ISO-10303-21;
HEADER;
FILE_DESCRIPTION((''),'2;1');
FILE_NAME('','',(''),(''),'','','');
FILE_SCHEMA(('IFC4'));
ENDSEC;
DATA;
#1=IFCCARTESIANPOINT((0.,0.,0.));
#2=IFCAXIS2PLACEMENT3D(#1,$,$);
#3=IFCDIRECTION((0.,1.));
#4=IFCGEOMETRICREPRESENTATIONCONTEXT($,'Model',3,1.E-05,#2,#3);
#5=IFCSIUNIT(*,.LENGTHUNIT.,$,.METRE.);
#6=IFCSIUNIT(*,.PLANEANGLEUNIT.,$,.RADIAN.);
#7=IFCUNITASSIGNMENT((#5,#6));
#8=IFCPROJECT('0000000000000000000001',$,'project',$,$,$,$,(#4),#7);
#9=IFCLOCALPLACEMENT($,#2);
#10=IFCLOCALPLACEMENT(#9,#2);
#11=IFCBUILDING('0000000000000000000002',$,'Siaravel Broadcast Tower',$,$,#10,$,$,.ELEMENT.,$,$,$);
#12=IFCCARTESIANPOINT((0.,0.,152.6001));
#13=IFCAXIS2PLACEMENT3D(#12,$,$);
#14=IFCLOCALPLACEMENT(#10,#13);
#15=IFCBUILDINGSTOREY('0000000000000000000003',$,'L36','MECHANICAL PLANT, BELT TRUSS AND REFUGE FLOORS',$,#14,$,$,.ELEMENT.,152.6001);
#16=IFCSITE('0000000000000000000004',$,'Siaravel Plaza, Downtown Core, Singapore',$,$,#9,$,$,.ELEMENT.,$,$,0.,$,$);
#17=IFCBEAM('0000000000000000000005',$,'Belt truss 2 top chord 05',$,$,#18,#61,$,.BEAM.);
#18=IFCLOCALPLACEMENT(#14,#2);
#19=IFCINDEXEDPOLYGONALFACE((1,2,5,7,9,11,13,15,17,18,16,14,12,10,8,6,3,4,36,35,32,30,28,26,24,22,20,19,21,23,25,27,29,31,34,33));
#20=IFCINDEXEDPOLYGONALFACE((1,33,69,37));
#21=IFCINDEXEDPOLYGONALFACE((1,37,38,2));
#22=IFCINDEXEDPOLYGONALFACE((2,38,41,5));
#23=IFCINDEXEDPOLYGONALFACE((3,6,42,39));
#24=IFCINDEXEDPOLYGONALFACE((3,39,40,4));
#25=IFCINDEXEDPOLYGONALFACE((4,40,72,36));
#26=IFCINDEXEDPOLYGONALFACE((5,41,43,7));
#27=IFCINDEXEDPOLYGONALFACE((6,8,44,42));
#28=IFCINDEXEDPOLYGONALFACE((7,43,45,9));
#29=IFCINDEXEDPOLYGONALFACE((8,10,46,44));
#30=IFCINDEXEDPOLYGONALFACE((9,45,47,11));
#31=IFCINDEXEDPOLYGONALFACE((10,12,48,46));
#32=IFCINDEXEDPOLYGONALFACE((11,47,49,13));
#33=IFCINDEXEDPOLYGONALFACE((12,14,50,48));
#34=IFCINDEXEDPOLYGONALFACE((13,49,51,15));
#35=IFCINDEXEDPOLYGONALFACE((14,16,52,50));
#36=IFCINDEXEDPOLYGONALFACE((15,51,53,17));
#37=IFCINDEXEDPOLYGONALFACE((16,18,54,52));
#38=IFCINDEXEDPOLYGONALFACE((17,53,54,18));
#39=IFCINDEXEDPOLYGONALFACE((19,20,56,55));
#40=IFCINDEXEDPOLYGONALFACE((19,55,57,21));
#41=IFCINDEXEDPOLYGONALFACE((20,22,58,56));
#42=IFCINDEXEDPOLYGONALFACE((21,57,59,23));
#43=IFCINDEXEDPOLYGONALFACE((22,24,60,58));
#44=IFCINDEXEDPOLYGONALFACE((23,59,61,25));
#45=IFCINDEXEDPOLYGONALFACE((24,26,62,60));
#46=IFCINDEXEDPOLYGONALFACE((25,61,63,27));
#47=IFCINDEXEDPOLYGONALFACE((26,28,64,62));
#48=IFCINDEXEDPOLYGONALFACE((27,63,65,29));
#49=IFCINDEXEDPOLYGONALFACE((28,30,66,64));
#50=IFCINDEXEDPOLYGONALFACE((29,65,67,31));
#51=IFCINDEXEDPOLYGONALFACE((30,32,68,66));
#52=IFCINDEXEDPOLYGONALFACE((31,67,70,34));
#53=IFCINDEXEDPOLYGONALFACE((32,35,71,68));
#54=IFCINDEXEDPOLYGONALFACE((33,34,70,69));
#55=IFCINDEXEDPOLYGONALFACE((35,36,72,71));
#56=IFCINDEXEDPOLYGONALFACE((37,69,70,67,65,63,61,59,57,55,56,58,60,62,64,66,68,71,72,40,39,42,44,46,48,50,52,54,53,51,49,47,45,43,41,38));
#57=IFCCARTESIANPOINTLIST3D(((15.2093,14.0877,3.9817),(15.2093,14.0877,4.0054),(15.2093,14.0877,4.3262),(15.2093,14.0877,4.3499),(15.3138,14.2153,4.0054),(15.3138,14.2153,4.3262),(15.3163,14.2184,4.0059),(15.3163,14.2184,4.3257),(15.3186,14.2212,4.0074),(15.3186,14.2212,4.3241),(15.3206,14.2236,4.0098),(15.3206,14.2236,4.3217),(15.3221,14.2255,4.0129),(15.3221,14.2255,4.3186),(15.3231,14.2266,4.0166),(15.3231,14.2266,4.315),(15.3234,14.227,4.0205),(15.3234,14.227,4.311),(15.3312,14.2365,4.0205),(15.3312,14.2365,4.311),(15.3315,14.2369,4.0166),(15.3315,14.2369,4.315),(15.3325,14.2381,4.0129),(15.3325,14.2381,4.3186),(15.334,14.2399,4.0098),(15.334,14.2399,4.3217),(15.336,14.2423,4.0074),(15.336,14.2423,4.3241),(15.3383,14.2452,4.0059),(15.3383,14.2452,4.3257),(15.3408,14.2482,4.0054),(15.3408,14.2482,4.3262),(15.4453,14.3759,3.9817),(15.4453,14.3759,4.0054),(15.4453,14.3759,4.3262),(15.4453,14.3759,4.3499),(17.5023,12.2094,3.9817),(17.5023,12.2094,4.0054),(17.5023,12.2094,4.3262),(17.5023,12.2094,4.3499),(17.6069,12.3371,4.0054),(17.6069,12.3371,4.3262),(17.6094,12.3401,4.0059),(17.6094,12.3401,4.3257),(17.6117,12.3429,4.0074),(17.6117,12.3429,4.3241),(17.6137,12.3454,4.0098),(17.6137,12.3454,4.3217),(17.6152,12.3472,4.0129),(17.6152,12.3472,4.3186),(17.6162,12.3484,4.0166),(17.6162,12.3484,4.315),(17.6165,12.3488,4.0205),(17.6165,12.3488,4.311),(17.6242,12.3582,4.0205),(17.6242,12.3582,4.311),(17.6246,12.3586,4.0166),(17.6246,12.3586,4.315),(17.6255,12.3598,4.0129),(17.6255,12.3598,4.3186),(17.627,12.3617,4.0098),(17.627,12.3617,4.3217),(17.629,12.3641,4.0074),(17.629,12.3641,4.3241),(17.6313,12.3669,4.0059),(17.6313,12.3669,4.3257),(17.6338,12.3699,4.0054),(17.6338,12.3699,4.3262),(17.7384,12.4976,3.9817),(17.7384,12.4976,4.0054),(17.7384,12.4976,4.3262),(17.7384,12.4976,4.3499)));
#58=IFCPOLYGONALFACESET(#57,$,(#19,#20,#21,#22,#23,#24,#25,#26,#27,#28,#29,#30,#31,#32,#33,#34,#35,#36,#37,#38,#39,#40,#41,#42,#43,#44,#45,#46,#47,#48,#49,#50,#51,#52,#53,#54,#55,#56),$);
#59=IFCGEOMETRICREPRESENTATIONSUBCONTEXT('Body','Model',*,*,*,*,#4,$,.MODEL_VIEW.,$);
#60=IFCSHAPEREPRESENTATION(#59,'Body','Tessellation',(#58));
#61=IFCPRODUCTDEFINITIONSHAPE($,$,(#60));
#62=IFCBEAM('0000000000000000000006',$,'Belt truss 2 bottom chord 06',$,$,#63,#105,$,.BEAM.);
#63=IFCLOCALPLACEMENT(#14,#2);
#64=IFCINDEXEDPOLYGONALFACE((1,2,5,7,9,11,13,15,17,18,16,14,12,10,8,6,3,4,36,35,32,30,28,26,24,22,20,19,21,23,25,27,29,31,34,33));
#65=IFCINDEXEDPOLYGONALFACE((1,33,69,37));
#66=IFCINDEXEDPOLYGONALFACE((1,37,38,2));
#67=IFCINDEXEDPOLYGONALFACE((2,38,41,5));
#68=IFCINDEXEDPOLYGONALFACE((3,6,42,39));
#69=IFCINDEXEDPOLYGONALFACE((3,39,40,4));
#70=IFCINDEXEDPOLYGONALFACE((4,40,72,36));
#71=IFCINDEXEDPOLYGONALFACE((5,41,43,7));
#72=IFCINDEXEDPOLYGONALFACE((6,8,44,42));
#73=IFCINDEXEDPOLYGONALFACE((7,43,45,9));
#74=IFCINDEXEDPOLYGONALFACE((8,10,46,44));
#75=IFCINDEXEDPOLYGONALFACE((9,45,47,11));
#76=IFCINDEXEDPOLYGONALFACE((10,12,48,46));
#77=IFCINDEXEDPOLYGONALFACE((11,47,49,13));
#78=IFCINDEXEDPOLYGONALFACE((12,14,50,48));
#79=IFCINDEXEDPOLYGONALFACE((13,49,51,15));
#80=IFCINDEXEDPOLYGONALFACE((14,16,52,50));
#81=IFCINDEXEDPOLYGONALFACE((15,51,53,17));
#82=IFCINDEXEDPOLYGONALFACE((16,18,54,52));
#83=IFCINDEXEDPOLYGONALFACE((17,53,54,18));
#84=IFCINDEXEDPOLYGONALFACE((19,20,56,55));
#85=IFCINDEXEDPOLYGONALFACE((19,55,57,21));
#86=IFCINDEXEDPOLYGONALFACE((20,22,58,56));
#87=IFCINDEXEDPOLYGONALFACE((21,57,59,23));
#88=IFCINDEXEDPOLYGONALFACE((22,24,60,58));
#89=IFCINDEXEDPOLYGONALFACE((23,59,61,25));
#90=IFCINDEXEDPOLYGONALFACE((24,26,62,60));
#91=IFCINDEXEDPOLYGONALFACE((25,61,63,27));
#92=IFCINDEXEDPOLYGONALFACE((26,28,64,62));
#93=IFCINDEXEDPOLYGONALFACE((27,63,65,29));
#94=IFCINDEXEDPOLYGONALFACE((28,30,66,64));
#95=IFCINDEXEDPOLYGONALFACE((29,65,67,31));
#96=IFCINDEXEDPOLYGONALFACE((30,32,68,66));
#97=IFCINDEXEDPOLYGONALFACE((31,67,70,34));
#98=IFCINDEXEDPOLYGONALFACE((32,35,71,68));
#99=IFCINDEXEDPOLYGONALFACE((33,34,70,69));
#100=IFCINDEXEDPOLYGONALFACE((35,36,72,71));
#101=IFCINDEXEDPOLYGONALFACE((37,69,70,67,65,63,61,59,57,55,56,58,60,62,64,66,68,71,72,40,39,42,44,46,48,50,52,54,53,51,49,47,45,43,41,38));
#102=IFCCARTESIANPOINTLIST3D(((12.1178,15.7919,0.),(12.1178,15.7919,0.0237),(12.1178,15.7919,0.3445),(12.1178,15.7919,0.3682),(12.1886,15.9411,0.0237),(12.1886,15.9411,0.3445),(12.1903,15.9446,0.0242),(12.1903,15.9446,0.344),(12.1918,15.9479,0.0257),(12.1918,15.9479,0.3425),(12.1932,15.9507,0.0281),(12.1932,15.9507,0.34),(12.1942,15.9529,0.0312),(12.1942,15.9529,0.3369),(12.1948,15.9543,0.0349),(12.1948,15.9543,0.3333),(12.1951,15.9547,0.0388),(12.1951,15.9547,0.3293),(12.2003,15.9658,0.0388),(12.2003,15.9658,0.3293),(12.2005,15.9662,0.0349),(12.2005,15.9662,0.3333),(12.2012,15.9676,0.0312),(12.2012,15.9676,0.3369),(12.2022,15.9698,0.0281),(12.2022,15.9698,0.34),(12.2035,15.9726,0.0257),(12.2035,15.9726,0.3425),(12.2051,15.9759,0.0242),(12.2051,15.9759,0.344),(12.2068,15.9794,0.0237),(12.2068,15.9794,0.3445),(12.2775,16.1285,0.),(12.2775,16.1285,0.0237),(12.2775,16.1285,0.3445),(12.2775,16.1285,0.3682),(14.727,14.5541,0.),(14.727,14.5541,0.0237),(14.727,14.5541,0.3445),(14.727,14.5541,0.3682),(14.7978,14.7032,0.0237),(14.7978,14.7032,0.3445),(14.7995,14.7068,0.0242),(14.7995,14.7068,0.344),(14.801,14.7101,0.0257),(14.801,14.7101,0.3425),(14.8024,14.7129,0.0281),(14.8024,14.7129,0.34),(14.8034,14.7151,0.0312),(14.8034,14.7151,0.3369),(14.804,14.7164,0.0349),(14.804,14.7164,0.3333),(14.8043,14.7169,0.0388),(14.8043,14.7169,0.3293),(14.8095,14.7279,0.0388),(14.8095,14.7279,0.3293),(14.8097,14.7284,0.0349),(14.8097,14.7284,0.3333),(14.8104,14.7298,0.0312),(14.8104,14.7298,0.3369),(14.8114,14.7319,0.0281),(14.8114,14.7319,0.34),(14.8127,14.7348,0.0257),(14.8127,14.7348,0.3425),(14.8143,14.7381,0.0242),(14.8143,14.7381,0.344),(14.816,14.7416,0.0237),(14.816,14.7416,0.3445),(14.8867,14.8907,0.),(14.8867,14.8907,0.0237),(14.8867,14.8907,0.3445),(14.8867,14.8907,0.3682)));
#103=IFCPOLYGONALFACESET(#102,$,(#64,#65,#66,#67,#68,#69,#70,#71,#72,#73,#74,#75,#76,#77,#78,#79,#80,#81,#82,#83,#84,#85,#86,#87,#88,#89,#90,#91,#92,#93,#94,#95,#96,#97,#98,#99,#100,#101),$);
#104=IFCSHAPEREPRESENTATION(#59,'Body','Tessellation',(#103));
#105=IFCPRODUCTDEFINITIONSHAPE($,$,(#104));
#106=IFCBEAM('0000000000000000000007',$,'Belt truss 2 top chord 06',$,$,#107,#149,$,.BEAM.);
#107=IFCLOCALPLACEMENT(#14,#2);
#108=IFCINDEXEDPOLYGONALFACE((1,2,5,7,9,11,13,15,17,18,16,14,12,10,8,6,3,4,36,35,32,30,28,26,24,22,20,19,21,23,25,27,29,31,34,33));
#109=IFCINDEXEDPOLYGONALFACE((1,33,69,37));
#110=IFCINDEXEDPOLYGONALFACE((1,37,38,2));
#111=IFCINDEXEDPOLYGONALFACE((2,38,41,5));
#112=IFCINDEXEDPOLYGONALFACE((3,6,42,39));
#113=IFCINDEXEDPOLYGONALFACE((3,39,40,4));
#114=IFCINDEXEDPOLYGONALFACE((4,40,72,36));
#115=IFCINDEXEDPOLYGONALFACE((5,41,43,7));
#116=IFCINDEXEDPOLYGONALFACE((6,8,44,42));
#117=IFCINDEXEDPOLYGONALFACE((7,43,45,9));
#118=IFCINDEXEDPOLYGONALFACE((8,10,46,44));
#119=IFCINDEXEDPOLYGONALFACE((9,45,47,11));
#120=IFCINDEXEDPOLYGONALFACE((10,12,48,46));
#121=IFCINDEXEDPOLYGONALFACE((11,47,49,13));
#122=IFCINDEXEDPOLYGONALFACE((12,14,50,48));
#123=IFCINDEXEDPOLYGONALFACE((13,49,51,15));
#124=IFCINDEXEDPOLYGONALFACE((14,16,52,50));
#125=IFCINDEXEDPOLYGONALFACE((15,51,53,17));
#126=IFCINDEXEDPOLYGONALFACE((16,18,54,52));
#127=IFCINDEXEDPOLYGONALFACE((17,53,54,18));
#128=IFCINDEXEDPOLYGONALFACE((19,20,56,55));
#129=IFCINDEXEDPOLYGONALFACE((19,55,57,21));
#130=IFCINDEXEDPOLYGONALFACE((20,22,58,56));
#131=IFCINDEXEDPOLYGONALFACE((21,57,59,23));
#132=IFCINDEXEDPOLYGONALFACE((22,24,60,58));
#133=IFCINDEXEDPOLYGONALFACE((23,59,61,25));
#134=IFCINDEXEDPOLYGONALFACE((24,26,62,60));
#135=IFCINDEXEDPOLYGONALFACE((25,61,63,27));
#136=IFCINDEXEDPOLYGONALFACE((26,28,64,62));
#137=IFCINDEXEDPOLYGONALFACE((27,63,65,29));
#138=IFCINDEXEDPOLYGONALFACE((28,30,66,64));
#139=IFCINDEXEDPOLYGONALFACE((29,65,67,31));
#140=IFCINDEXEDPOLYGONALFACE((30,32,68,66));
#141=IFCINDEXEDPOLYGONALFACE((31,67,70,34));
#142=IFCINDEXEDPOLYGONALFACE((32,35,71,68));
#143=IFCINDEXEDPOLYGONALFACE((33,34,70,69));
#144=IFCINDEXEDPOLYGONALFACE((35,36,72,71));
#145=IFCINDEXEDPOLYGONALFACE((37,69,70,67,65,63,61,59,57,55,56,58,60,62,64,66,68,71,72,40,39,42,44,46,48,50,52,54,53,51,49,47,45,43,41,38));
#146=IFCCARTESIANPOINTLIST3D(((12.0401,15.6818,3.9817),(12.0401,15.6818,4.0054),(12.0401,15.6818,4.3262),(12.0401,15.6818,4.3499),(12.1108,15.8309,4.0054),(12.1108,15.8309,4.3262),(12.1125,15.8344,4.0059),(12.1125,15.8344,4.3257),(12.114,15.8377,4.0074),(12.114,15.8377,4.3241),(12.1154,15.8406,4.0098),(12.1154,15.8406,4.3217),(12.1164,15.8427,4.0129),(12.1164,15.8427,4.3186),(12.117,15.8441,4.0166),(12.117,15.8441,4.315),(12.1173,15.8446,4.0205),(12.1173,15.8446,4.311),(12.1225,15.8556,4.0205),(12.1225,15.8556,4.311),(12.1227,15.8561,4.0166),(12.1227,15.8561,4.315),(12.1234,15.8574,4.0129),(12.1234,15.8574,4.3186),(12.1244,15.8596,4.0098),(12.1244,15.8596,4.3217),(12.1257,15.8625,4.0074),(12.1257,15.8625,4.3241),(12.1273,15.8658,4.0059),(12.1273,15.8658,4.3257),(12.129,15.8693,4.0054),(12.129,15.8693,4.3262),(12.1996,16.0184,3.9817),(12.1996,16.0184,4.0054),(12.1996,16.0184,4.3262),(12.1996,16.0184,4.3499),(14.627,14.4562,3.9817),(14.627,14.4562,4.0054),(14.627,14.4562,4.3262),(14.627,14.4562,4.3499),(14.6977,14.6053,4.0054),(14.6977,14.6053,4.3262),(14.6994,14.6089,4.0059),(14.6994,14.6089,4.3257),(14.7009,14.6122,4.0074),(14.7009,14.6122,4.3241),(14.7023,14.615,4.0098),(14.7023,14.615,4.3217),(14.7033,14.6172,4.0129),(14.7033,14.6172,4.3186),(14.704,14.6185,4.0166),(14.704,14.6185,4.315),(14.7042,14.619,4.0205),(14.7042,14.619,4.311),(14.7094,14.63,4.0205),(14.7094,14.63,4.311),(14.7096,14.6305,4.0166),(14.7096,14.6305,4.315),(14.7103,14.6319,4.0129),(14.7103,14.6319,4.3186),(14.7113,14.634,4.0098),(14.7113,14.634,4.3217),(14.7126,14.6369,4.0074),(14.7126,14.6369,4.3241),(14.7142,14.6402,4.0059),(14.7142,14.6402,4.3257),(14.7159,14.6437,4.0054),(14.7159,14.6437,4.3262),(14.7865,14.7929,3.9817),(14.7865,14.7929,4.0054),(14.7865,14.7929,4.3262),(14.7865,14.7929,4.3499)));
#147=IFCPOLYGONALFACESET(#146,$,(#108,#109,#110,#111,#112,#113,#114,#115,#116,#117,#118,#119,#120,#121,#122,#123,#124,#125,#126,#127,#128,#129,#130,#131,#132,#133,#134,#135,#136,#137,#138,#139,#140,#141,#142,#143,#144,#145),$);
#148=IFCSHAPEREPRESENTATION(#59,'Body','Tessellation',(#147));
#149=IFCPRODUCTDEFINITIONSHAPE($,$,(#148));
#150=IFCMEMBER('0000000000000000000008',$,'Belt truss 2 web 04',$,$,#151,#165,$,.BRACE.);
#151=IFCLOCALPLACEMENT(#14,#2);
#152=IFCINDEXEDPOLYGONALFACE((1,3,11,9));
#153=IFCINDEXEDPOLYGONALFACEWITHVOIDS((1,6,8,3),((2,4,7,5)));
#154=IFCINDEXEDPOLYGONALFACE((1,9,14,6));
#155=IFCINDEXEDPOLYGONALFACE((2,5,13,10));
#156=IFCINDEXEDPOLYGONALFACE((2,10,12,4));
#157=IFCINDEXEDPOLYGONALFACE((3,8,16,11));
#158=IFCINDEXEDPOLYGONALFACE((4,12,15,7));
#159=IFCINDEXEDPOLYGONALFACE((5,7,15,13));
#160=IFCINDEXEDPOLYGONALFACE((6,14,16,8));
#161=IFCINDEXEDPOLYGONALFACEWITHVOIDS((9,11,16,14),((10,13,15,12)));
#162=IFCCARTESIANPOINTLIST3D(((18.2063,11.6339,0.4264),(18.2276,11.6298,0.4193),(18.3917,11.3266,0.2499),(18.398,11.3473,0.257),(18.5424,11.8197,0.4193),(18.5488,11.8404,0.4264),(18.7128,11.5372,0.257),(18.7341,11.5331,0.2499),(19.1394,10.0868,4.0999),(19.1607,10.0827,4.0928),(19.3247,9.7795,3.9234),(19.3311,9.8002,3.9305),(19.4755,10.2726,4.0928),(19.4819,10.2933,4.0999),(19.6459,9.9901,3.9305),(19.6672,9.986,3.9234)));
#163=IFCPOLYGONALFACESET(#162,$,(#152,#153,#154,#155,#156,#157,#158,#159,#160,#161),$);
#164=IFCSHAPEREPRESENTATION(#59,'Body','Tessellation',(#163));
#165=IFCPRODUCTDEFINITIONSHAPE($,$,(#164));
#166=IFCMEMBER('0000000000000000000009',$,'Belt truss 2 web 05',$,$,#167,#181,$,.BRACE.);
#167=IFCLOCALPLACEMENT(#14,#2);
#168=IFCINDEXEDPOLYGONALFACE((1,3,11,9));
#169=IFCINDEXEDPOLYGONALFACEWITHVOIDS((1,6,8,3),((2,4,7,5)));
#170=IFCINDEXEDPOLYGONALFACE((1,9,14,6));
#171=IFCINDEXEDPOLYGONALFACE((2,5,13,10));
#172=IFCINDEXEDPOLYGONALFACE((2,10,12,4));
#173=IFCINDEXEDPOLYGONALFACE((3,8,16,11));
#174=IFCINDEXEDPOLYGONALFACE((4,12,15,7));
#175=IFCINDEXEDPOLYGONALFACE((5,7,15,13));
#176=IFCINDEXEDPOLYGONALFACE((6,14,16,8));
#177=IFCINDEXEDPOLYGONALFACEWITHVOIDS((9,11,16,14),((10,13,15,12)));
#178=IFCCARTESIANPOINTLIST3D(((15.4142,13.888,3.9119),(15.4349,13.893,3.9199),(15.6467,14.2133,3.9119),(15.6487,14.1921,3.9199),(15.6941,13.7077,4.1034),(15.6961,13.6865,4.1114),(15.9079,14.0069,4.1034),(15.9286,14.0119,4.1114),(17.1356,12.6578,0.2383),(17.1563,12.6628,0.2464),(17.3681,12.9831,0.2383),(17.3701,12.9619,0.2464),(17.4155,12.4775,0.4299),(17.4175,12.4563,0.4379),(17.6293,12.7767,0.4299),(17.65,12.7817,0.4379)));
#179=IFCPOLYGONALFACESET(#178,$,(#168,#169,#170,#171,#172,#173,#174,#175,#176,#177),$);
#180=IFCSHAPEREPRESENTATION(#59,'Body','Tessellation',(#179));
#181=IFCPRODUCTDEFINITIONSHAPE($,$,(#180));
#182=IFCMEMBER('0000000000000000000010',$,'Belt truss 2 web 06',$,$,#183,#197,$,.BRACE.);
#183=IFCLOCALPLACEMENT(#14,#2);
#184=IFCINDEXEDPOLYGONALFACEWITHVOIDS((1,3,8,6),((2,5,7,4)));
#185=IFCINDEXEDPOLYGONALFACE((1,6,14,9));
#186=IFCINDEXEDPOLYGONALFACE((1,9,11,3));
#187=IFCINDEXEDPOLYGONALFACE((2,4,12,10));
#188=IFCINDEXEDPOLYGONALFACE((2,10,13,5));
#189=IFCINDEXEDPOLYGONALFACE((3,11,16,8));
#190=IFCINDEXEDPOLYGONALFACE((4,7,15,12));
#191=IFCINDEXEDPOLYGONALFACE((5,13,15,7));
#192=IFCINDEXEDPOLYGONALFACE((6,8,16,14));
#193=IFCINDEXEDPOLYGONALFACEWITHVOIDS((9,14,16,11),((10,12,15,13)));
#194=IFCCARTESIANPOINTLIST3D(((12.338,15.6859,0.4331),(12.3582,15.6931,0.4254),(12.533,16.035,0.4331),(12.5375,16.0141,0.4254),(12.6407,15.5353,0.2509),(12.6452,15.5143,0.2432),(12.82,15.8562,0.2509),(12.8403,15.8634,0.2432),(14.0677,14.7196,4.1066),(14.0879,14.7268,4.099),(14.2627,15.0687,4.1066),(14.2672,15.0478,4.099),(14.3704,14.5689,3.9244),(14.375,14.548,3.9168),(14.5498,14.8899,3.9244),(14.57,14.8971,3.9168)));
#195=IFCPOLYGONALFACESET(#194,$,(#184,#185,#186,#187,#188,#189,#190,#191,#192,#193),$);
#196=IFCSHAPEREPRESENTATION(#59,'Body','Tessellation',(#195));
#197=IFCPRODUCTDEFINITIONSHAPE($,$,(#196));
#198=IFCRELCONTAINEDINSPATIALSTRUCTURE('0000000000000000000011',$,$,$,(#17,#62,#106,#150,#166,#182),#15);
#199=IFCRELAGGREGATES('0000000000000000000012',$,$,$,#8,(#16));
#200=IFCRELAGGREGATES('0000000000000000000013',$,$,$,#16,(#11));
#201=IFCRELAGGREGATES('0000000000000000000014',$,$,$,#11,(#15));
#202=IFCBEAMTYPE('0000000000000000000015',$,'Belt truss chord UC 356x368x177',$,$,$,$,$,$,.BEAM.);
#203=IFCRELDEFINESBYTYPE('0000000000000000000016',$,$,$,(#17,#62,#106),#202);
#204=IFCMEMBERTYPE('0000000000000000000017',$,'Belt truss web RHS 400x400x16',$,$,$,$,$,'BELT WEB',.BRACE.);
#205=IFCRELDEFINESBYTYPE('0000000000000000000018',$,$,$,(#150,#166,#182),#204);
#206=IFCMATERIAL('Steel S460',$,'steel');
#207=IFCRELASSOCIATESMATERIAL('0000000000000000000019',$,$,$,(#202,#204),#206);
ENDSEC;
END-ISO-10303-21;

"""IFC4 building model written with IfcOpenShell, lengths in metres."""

from ifc_helpers import new_model, si_unit, direction, frame, origin, origin_2d, place, context, subcontext, project, spatial, hollow_rectangle, i_section, extrude, material, material_profile, profile_set, type_object, element, save


model = new_model("IFC4")

# Units and contexts
model_context = context("Model", 3, precision=1e-05, world=origin(), true_north=direction((0.0, 1.0)))
body_context = subcontext(model_context, "Body", "Model", "MODEL_VIEW")
ifc_project = project(units=[si_unit("LENGTHUNIT", "METRE"), si_unit("PLANEANGLEUNIT", "RADIAN")], contexts=[model_context])

# Site, building, storey
site_placement = place(None, origin())
site = spatial("IfcSite", under=ifc_project, at=site_placement, Name="Siaravel Plaza, Downtown Core, Singapore", CompositionType="ELEMENT", RefElevation=0.0)
building_placement = place(site_placement, origin())
building = spatial("IfcBuilding", under=site, at=building_placement, Name="Siaravel Broadcast Tower", CompositionType="ELEMENT")
storey_placement = place(building_placement, frame((0.0, 0.0, 152.6001)))
storey = spatial("IfcBuildingStorey", under=building, at=storey_placement, Name="L36", Description="MECHANICAL PLANT, BELT TRUSS AND REFUGE FLOORS", CompositionType="ELEMENT", Elevation=152.6001)

# Beams
ifc_material_1 = material(Name="Steel S460", Category="steel")
ifc_material_profile_1 = material_profile(ifc_material_1, i_section(OverallWidth=0.3726, OverallDepth=0.3682, WebThickness=0.0122, FlangeThickness=0.0237, FilletRadius=0.0151, at=origin_2d()))
ifc_profile_set_1 = profile_set([ifc_material_profile_1], Name="Steel S460")
beam_type_1 = type_object("IfcBeamType", Name="Belt truss chord UC 356x368x177", PredefinedType="BEAM", material=ifc_profile_set_1)
beam_1_placement = place(storey_placement, frame((17.6204, 12.3535, 4.1658), z_axis=(-0.773609, 0.633664, 0.0), x_axis=(-0.633664, -0.773609, 0.0)))
element("IfcBeam", 1, at=beam_1_placement, inside=storey, type_object=beam_type_1, Name="Belt truss 2 top chord 05", PredefinedType="BEAM", context=body_context, shape_type="SweptSolid", body=[
    extrude(i_section(OverallWidth=0.3726, OverallDepth=0.3682, WebThickness=0.0122, FlangeThickness=0.0237, FilletRadius=0.0151, at=origin_2d()), origin(), (0.0, 0.0, 1.0), 2.9641),
])
beam_2_placement = place(storey_placement, frame((14.8069, 14.7224, 0.1841), z_axis=(-0.903485, 0.42862, 0.0), x_axis=(-0.42862, -0.903485, 0.0)))
element("IfcBeam", 2, at=beam_2_placement, inside=storey, type_object=beam_type_1, Name="Belt truss 2 bottom chord 06", PredefinedType="BEAM", context=body_context, shape_type="SweptSolid", body=[
    extrude(i_section(OverallWidth=0.3726, OverallDepth=0.3682, WebThickness=0.0122, FlangeThickness=0.0237, FilletRadius=0.0151, at=origin_2d()), origin(), (0.0, 0.0, 1.0), 2.8879),
])
beam_3_placement = place(storey_placement, frame((14.7068, 14.6245, 4.1658), z_axis=(-0.90371, 0.428145, 0.0), x_axis=(-0.428145, -0.90371, 0.0)))
element("IfcBeam", 3, at=beam_3_placement, inside=storey, type_object=beam_type_1, Name="Belt truss 2 top chord 06", PredefinedType="BEAM", context=body_context, shape_type="SweptSolid", body=[
    extrude(i_section(OverallWidth=0.3726, OverallDepth=0.3682, WebThickness=0.0122, FlangeThickness=0.0237, FilletRadius=0.0151, at=origin_2d()), origin(), (0.0, 0.0, 1.0), 2.8625),
])

# Members
ifc_material_profile_2 = material_profile(ifc_material_1, hollow_rectangle(XDim=0.3999, YDim=0.3999, WallThickness=0.0161, at=origin_2d()))
ifc_profile_set_2 = profile_set([ifc_material_profile_2], Name="Steel S460")
member_type_1 = type_object("IfcMemberType", Name="Belt truss web RHS 400x400x16", ElementType="BELT WEB", PredefinedType="BRACE", material=ifc_profile_set_2)
member_1_placement = place(storey_placement, frame((18.4702, 11.5835, 0.3381), z_axis=(0.227929, -0.377914, 0.897345), x_axis=(0.85631, 0.516462, 0.0)))
element("IfcMember", 4, at=member_1_placement, inside=storey, type_object=member_type_1, Name="Belt truss 2 web 04", PredefinedType="BRACE", context=body_context, shape_type="SweptSolid", body=[
    extrude(hollow_rectangle(XDim=0.3999, YDim=0.3999, WallThickness=0.0161, at=origin_2d()), origin(), (0.0, 0.0, 1.0), 4.0938),
])
member_2_placement = place(storey_placement, frame((17.3928, 12.7197, 0.3381), z_axis=(-0.406062, 0.290192, 0.866546), x_axis=(-0.581435, -0.813593, 0.0)))
element("IfcMember", 5, at=member_2_placement, inside=storey, type_object=member_type_1, Name="Belt truss 2 web 05", PredefinedType="BRACE", context=body_context, shape_type="SweptSolid", body=[
    extrude(hollow_rectangle(XDim=0.3999, YDim=0.3999, WallThickness=0.0161, at=origin_2d()), origin(), (0.0, 0.0, 1.0), 4.2393),
])
member_3_placement = place(storey_placement, frame((12.5891, 15.7747, 0.3381), z_axis=(0.414423, -0.231515, 0.880144), x_axis=(0.487703, 0.87301, 0.0)))
element("IfcMember", 6, at=member_3_placement, inside=storey, type_object=member_type_1, Name="Belt truss 2 web 06", PredefinedType="BRACE", context=body_context, shape_type="SweptSolid", body=[
    extrude(hollow_rectangle(XDim=0.3999, YDim=0.3999, WallThickness=0.0161, at=origin_2d()), origin(), (0.0, 0.0, 1.0), 4.1738),
])

save(model, "model.ifc")
